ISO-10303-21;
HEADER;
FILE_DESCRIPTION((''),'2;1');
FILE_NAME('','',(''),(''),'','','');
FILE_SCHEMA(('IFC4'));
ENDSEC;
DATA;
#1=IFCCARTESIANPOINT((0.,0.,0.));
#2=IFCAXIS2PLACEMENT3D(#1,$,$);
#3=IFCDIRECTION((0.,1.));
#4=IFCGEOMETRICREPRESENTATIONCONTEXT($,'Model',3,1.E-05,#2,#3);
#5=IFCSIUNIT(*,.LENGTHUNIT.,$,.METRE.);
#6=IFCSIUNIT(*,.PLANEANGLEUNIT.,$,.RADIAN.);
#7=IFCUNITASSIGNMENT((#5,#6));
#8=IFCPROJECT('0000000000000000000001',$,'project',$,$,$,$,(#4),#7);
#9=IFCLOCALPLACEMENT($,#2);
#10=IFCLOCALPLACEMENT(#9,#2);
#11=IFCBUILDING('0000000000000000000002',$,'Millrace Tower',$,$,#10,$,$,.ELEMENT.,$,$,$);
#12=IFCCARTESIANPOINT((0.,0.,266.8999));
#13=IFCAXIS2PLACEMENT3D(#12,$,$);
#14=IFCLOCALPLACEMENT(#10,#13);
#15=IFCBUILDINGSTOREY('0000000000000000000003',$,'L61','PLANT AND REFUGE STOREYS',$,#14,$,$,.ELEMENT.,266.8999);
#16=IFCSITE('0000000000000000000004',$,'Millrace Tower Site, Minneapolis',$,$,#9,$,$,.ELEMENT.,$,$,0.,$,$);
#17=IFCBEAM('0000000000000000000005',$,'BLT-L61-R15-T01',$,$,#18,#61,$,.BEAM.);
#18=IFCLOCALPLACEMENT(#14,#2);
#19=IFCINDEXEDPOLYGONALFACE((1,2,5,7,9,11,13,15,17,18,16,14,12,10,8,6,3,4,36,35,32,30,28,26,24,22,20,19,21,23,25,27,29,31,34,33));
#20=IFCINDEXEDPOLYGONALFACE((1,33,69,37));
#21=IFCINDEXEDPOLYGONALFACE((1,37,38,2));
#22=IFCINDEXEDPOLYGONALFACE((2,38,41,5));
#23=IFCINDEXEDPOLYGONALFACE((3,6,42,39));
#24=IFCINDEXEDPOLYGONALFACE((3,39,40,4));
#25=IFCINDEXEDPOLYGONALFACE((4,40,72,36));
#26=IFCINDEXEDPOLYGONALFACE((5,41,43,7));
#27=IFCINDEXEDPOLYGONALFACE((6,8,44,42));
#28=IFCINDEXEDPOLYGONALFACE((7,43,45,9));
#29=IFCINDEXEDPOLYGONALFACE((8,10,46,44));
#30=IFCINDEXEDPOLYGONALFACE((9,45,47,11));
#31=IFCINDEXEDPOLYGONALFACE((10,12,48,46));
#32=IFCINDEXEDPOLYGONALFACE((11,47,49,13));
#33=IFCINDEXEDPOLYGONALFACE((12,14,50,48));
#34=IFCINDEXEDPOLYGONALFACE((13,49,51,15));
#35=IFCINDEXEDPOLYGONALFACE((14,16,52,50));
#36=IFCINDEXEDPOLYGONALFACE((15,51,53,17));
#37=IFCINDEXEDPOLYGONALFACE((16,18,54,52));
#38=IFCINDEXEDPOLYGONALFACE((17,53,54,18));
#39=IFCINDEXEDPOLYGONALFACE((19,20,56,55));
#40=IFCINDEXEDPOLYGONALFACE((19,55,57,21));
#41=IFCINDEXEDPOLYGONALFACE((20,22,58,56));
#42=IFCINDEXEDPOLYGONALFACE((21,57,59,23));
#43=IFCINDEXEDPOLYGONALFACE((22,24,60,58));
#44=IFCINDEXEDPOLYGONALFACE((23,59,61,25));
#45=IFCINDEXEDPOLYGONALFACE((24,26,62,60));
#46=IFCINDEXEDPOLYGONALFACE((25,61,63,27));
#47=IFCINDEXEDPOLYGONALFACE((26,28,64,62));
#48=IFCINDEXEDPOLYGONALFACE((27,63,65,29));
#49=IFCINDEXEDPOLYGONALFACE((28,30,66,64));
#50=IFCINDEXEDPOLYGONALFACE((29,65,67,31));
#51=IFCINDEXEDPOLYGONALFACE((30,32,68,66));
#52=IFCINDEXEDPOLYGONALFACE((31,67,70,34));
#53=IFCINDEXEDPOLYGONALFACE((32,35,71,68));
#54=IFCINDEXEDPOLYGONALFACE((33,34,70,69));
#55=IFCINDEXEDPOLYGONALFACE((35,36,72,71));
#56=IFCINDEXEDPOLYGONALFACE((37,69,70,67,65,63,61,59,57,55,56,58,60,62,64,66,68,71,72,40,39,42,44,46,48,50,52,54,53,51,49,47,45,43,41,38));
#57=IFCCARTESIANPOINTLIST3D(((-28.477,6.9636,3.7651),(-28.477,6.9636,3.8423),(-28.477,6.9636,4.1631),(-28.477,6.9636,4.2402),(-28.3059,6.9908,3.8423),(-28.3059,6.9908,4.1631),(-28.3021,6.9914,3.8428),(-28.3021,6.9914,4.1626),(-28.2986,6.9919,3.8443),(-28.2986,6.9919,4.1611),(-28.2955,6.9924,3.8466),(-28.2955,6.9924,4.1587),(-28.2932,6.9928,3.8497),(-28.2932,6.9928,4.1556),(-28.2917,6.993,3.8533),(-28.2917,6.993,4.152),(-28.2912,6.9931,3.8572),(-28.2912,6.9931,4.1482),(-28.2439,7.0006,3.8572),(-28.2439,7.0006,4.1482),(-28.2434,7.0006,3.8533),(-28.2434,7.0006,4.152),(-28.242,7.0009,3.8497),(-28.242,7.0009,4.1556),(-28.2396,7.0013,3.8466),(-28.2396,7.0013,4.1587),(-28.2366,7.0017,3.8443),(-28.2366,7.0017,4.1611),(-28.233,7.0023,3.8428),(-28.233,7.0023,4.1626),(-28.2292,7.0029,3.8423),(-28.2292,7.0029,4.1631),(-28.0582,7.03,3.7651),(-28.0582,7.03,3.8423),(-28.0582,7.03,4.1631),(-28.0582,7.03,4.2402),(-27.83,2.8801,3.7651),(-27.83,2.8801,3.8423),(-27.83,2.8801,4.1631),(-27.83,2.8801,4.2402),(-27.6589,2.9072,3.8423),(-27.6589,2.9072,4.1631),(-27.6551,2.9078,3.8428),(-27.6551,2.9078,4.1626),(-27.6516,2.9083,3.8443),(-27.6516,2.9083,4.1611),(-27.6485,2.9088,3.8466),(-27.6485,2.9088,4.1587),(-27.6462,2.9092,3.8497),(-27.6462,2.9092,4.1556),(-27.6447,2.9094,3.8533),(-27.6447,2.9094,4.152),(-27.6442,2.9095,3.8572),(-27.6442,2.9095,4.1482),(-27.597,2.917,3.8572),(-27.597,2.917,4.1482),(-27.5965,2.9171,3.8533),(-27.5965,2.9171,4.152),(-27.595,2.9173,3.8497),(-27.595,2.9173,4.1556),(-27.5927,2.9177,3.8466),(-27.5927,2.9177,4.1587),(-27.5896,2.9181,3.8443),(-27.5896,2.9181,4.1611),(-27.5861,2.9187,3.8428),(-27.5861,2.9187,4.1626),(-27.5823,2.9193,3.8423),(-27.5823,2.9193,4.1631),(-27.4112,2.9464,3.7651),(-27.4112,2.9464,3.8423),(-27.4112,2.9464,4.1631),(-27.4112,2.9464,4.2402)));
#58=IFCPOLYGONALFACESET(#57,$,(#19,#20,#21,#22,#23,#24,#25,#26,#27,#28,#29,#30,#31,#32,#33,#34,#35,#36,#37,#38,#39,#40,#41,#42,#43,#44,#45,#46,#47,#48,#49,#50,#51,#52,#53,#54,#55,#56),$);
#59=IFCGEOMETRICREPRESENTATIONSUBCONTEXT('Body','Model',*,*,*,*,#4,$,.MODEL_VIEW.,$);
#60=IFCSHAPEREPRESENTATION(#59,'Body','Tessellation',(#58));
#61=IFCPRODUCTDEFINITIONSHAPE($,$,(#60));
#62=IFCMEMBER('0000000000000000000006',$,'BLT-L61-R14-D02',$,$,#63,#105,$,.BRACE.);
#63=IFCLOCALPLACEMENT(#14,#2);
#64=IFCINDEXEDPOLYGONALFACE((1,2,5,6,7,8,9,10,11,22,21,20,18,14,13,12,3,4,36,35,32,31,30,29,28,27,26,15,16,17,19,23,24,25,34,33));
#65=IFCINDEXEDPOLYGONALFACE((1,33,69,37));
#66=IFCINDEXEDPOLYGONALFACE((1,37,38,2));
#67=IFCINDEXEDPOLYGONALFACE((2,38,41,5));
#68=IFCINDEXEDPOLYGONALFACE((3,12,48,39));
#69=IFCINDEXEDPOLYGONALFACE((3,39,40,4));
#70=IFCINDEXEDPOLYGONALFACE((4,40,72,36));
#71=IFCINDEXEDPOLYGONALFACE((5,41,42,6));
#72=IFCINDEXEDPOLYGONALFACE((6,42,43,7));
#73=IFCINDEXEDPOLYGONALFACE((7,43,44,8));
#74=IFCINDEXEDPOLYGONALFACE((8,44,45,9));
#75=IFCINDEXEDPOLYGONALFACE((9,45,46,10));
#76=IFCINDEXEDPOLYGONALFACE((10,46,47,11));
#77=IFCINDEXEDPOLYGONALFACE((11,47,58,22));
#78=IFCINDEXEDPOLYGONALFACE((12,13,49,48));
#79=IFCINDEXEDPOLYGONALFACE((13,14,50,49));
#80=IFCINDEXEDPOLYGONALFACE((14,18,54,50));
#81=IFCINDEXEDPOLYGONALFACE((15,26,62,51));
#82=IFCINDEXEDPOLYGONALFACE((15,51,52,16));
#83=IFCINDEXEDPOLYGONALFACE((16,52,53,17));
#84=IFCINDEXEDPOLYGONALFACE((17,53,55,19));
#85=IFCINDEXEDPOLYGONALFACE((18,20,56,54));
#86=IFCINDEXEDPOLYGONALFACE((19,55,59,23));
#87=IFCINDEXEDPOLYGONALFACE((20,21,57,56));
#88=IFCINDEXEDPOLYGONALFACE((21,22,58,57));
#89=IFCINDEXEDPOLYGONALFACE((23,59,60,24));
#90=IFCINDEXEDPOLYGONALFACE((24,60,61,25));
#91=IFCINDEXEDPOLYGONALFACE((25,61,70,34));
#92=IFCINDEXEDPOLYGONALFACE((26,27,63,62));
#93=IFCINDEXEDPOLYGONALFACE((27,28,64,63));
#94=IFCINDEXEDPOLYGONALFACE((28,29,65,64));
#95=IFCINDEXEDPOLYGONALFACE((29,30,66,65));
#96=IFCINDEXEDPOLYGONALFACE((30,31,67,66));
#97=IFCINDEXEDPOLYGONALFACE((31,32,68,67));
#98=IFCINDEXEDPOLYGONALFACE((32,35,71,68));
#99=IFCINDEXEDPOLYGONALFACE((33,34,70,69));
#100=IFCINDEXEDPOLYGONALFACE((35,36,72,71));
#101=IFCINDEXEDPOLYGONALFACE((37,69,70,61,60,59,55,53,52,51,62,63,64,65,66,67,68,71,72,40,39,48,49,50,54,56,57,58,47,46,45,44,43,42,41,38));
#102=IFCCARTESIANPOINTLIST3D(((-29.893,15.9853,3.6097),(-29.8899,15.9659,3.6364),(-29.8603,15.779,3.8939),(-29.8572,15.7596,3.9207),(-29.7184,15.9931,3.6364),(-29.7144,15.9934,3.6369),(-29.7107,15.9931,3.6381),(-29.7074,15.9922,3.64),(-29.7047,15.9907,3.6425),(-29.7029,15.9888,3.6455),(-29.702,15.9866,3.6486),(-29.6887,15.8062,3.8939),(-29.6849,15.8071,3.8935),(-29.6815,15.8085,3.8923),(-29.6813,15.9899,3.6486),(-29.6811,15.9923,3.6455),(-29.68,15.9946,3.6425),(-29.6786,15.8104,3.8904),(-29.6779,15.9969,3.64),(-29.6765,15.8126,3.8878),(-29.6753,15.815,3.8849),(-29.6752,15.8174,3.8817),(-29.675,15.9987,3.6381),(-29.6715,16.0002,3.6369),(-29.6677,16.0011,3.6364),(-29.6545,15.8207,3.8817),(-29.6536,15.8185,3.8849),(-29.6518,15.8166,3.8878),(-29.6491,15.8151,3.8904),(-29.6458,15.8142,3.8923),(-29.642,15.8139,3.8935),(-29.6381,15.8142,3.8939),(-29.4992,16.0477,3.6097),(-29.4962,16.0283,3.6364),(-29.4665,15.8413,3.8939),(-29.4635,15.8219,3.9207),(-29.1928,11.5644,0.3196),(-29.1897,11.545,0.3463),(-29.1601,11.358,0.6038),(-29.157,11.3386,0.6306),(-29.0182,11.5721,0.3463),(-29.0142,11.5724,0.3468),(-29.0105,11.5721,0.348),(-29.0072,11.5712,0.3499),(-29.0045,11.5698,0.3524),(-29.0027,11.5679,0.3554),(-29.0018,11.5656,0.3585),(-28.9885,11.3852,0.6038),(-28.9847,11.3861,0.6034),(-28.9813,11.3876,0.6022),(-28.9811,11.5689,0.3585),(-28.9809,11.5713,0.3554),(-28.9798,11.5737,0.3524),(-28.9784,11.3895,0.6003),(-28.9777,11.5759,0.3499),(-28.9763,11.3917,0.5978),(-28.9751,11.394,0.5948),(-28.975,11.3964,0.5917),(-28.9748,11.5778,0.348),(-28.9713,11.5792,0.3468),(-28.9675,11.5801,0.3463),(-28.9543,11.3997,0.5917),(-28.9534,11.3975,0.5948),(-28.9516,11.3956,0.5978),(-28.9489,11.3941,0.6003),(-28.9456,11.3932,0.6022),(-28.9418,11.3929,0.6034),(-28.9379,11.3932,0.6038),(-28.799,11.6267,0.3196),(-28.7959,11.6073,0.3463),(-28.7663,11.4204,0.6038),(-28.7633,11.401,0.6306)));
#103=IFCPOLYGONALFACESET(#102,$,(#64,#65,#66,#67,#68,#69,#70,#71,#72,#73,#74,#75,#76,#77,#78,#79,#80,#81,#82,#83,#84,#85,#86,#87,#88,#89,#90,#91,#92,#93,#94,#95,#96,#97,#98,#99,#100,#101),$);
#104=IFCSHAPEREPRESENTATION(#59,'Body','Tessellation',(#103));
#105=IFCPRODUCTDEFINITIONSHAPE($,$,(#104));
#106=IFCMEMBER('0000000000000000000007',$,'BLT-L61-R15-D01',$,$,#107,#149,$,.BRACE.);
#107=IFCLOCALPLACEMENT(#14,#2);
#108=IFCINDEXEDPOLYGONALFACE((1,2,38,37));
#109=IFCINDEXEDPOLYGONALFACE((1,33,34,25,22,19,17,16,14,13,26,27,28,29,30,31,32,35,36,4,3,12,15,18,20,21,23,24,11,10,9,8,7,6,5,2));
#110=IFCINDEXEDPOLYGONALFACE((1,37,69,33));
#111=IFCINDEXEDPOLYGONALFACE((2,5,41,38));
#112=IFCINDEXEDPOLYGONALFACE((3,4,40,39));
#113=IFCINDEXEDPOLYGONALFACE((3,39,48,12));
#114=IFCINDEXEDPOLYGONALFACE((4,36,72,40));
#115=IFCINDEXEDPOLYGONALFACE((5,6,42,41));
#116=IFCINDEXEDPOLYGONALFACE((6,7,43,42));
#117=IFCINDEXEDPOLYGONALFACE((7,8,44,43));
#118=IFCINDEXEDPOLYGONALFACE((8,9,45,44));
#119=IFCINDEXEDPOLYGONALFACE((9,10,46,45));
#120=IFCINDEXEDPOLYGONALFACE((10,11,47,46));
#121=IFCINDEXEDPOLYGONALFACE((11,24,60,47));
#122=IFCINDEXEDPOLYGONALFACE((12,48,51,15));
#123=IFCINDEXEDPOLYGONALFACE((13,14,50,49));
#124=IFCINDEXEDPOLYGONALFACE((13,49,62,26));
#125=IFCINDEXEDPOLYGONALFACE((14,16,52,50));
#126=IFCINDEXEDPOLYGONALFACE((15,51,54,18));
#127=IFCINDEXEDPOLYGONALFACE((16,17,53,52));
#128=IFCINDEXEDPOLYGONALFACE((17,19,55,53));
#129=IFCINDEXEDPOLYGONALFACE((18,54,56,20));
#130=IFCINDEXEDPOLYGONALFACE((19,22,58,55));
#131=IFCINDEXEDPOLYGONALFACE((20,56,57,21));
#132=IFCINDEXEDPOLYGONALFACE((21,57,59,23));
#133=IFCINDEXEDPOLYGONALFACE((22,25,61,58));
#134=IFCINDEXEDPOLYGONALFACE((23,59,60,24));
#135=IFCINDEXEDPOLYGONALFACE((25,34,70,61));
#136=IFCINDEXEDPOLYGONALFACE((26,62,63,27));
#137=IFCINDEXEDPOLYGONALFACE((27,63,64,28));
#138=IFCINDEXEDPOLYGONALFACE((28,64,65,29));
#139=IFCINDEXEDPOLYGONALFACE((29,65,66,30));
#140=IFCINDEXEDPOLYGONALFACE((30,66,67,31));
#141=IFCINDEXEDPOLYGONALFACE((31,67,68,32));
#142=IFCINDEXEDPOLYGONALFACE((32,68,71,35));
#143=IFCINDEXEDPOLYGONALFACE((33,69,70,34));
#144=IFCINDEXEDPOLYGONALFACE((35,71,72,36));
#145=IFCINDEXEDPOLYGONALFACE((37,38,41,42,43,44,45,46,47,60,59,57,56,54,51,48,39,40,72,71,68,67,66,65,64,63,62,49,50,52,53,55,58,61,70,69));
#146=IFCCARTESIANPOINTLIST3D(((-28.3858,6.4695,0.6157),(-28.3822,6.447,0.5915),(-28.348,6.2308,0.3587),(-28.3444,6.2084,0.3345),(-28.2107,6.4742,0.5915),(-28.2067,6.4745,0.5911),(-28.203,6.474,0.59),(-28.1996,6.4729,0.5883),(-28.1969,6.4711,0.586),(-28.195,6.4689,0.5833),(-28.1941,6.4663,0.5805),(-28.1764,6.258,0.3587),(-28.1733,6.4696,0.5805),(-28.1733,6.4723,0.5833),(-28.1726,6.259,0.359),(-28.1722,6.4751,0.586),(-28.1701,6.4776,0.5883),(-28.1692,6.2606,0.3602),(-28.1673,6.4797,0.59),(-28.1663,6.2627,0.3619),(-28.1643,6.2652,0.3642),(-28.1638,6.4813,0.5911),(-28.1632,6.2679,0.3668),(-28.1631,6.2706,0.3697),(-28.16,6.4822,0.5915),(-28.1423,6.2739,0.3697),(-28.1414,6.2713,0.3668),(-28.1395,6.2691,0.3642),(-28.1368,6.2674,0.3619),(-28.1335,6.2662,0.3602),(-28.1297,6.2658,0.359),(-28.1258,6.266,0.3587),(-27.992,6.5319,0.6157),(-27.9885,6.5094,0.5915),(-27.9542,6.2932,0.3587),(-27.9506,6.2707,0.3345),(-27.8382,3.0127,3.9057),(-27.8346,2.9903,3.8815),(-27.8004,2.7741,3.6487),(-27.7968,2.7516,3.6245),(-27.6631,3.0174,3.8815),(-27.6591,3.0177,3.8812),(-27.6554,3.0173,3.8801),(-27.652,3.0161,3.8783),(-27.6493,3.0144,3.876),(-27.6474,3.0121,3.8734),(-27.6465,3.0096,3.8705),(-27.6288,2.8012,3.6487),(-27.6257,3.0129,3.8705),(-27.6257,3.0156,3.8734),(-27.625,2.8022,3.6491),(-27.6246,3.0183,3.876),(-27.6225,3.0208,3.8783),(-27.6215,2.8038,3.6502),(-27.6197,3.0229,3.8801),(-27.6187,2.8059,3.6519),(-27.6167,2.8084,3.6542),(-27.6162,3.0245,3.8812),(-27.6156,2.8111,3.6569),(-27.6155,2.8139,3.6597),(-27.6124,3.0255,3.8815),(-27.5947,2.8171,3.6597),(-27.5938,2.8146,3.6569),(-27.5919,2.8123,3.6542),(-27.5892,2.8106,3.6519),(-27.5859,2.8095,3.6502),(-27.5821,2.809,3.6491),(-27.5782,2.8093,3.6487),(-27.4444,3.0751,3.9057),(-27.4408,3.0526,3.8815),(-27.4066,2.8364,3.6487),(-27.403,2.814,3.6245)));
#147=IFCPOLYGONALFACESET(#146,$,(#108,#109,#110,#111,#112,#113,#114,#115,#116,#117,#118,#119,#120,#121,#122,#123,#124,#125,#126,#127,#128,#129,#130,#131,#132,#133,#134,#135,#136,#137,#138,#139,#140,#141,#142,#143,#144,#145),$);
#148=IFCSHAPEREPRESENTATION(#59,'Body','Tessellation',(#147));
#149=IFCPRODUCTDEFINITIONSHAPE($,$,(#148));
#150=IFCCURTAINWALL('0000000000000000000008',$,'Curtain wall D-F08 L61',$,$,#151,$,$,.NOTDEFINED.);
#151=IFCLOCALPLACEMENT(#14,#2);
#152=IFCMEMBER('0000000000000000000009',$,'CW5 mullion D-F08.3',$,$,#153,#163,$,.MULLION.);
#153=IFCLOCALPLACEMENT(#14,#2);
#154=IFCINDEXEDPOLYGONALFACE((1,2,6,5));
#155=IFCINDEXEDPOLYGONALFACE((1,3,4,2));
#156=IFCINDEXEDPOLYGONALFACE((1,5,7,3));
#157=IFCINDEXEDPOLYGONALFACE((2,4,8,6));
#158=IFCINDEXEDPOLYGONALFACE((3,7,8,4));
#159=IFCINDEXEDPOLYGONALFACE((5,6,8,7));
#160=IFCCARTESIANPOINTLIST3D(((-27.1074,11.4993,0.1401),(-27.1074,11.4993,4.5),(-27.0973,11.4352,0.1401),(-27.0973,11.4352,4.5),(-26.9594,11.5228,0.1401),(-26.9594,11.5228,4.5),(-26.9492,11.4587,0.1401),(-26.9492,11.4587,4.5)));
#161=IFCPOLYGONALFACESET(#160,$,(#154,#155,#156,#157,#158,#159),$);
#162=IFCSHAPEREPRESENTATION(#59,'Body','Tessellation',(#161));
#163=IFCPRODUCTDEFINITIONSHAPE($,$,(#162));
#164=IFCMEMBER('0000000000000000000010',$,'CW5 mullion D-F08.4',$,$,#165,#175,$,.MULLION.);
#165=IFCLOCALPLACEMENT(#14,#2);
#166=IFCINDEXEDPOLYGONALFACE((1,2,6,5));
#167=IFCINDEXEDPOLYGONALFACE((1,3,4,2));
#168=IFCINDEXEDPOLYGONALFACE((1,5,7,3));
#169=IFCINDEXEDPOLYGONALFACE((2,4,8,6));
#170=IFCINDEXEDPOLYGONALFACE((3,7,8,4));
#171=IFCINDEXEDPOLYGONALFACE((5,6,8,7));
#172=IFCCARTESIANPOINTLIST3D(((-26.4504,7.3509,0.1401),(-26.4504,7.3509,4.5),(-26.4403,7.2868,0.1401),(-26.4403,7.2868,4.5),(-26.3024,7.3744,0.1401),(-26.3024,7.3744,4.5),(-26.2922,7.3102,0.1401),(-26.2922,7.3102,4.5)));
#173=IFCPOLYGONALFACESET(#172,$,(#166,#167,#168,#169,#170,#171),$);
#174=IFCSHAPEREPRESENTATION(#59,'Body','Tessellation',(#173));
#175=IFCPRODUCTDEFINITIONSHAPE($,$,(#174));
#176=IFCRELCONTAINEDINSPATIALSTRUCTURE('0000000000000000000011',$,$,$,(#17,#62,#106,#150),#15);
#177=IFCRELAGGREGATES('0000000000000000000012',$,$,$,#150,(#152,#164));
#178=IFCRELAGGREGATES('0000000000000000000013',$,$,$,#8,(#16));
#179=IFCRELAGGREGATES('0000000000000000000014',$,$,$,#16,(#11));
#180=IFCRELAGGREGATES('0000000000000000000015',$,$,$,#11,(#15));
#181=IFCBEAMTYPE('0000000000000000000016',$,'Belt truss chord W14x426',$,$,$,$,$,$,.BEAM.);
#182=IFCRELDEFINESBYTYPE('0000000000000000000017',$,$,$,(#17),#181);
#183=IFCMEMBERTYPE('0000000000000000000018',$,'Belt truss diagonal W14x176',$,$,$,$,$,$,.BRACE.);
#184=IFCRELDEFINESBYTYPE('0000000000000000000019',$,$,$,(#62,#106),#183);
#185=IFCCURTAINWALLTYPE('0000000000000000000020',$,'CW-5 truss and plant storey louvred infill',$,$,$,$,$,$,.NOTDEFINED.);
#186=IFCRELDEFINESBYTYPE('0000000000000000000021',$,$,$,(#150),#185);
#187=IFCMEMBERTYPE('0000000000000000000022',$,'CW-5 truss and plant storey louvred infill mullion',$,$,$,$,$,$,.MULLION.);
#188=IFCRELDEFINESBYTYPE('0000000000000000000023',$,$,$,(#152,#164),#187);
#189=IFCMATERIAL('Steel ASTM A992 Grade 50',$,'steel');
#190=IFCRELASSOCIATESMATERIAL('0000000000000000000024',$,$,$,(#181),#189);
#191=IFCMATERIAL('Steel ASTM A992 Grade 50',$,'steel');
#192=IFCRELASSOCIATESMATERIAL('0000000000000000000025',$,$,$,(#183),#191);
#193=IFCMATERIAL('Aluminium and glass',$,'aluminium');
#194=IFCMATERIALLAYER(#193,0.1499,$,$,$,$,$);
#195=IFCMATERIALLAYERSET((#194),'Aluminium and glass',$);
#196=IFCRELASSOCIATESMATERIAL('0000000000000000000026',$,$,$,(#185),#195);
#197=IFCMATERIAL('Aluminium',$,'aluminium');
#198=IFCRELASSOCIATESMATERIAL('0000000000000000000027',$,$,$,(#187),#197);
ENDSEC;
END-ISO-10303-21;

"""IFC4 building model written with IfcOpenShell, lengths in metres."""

from ifc_helpers import new_model, si_unit, direction, frame, origin, origin_2d, place, context, subcontext, project, spatial, rectangle, i_section, extrude, material, layer, layer_set, material_profile, profile_set, type_object, element, aggregate, save


model = new_model("IFC4")

# Units and contexts
model_context = context("Model", 3, precision=1e-05, world=origin(), true_north=direction((0.0, 1.0)))
body_context = subcontext(model_context, "Body", "Model", "MODEL_VIEW")
ifc_project = project(units=[si_unit("LENGTHUNIT", "METRE"), si_unit("PLANEANGLEUNIT", "RADIAN")], contexts=[model_context])

# Site, building, storey
site_placement = place(None, origin())
site = spatial("IfcSite", under=ifc_project, at=site_placement, Name="Millrace Tower Site, Minneapolis", CompositionType="ELEMENT", RefElevation=0.0)
building_placement = place(site_placement, origin())
building = spatial("IfcBuilding", under=site, at=building_placement, Name="Millrace Tower", CompositionType="ELEMENT")
storey_placement = place(building_placement, frame((0.0, 0.0, 266.8999)))
storey = spatial("IfcBuildingStorey", under=building, at=storey_placement, Name="L61", Description="PLANT AND REFUGE STOREYS", CompositionType="ELEMENT", Elevation=266.8999)

# Beam
ifc_material_1 = material(Name="Steel ASTM A992 Grade 50", Category="steel")
ifc_material_profile_1 = material_profile(ifc_material_1, i_section(OverallWidth=0.4241, OverallDepth=0.4751, WebThickness=0.0479, FlangeThickness=0.0771, FilletRadius=0.0149, at=origin_2d()))
ifc_profile_set_1 = profile_set([ifc_material_profile_1], Name="Steel ASTM A992 Grade 50")
beam_type_1 = type_object("IfcBeamType", Name="Belt truss chord W14x426", PredefinedType="BEAM", material=ifc_profile_set_1)
beam_1_placement = place(storey_placement, frame((-28.2676, 6.9968, 4.0027), z_axis=(0.156484, -0.98768, 0.0), x_axis=(0.98768, 0.156484, 0.0)))
element("IfcBeam", 1, at=beam_1_placement, inside=storey, type_object=beam_type_1, Name="BLT-L61-R15-T01", PredefinedType="BEAM", context=body_context, shape_type="SweptSolid", body=[
    extrude(i_section(OverallWidth=0.4241, OverallDepth=0.4751, WebThickness=0.0479, FlangeThickness=0.0771, FilletRadius=0.0149, at=origin_2d()), origin(), (0.0, 0.0, 1.0), 4.1345),
])

# Members
ifc_material_2 = material(Name="Steel ASTM A992 Grade 50", Category="steel")
ifc_material_profile_2 = material_profile(ifc_material_2, i_section(OverallWidth=0.3987, OverallDepth=0.386, WebThickness=0.021, FlangeThickness=0.0332, FilletRadius=0.0151, at=origin_2d()))
ifc_profile_set_2 = profile_set([ifc_material_profile_2], Name="Steel ASTM A992 Grade 50")
member_type_1 = type_object("IfcMemberType", Name="Belt truss diagonal W14x176", PredefinedType="BRACE", material=ifc_profile_set_2)
member_1_placement = place(storey_placement, frame((-28.978, 11.4827, 0.4751), z_axis=(-0.126046, 0.795829, 0.592257), x_axis=(-0.987689, -0.156433, 0.0)))
element("IfcMember", 2, at=member_1_placement, inside=storey, type_object=member_type_1, Name="BLT-L61-R14-D02", PredefinedType="BRACE", context=body_context, shape_type="SweptSolid", body=[
    extrude(i_section(OverallWidth=0.3987, OverallDepth=0.386, WebThickness=0.021, FlangeThickness=0.0332, FilletRadius=0.0151, at=origin_2d()), origin(), (0.0, 0.0, 1.0), 5.5552),
])
member_2_placement = place(storey_placement, frame((-28.1682, 6.3701, 0.4751), z_axis=(0.114002, -0.719639, 0.684925), x_axis=(0.987684, 0.156464, 0.0)))
element("IfcMember", 3, at=member_2_placement, inside=storey, type_object=member_type_1, Name="BLT-L61-R15-D01", PredefinedType="BRACE", context=body_context, shape_type="SweptSolid", body=[
    extrude(i_section(OverallWidth=0.3987, OverallDepth=0.386, WebThickness=0.021, FlangeThickness=0.0332, FilletRadius=0.0151, at=origin_2d()), origin(), (0.0, 0.0, 1.0), 4.8035),
])

# Curtain wall, members
ifc_material_3 = material(Name="Aluminium and glass", Category="aluminium")
ifc_layer_1 = layer(ifc_material_3, 0.1499)
ifc_layer_set_1 = layer_set([ifc_layer_1], Name="Aluminium and glass")
curtain_wall_type = type_object("IfcCurtainWallType", Name="CW-5 truss and plant storey louvred infill", PredefinedType="NOTDEFINED", material=ifc_layer_set_1)
curtain_wall_placement = place(storey_placement, origin())
curtain_wall = element("IfcCurtainWall", 4, at=curtain_wall_placement, inside=storey, type_object=curtain_wall_type, Name="Curtain wall D-F08 L61", PredefinedType="NOTDEFINED")
ifc_material_4 = material(Name="Aluminium", Category="aluminium")
ifc_material_profile_3 = material_profile(ifc_material_4, rectangle(XDim=0.0649, YDim=0.1499, at=origin_2d()))
ifc_profile_set_3 = profile_set([ifc_material_profile_3], Name="Aluminium")
member_type_2 = type_object("IfcMemberType", Name="CW-5 truss and plant storey louvred infill mullion", PredefinedType="MULLION", material=ifc_profile_set_3)
member_3_placement = place(storey_placement, frame((-27.0283, 11.479, 0.1401), z_axis=(0.0, 0.0, 1.0), x_axis=(0.156434, -0.987688, 0.0)))
member_3 = element("IfcMember", 5, at=member_3_placement, type_object=member_type_2, Name="CW5 mullion D-F08.3", PredefinedType="MULLION", context=body_context, shape_type="SweptSolid", body=[
    extrude(rectangle(XDim=0.0649, YDim=0.1499, at=origin_2d()), origin(), (0.0, 0.0, 1.0), 4.3599),
])
member_4_placement = place(storey_placement, frame((-26.3713, 7.3306, 0.1401), z_axis=(0.0, 0.0, 1.0), x_axis=(0.156434, -0.987688, 0.0)))
member_4 = element("IfcMember", 6, at=member_4_placement, type_object=member_type_2, Name="CW5 mullion D-F08.4", PredefinedType="MULLION", context=body_context, shape_type="SweptSolid", body=[
    extrude(rectangle(XDim=0.0649, YDim=0.1499, at=origin_2d()), origin(), (0.0, 0.0, 1.0), 4.3599),
])
aggregate(curtain_wall, [member_3, member_4])

save(model, "model.ifc")
